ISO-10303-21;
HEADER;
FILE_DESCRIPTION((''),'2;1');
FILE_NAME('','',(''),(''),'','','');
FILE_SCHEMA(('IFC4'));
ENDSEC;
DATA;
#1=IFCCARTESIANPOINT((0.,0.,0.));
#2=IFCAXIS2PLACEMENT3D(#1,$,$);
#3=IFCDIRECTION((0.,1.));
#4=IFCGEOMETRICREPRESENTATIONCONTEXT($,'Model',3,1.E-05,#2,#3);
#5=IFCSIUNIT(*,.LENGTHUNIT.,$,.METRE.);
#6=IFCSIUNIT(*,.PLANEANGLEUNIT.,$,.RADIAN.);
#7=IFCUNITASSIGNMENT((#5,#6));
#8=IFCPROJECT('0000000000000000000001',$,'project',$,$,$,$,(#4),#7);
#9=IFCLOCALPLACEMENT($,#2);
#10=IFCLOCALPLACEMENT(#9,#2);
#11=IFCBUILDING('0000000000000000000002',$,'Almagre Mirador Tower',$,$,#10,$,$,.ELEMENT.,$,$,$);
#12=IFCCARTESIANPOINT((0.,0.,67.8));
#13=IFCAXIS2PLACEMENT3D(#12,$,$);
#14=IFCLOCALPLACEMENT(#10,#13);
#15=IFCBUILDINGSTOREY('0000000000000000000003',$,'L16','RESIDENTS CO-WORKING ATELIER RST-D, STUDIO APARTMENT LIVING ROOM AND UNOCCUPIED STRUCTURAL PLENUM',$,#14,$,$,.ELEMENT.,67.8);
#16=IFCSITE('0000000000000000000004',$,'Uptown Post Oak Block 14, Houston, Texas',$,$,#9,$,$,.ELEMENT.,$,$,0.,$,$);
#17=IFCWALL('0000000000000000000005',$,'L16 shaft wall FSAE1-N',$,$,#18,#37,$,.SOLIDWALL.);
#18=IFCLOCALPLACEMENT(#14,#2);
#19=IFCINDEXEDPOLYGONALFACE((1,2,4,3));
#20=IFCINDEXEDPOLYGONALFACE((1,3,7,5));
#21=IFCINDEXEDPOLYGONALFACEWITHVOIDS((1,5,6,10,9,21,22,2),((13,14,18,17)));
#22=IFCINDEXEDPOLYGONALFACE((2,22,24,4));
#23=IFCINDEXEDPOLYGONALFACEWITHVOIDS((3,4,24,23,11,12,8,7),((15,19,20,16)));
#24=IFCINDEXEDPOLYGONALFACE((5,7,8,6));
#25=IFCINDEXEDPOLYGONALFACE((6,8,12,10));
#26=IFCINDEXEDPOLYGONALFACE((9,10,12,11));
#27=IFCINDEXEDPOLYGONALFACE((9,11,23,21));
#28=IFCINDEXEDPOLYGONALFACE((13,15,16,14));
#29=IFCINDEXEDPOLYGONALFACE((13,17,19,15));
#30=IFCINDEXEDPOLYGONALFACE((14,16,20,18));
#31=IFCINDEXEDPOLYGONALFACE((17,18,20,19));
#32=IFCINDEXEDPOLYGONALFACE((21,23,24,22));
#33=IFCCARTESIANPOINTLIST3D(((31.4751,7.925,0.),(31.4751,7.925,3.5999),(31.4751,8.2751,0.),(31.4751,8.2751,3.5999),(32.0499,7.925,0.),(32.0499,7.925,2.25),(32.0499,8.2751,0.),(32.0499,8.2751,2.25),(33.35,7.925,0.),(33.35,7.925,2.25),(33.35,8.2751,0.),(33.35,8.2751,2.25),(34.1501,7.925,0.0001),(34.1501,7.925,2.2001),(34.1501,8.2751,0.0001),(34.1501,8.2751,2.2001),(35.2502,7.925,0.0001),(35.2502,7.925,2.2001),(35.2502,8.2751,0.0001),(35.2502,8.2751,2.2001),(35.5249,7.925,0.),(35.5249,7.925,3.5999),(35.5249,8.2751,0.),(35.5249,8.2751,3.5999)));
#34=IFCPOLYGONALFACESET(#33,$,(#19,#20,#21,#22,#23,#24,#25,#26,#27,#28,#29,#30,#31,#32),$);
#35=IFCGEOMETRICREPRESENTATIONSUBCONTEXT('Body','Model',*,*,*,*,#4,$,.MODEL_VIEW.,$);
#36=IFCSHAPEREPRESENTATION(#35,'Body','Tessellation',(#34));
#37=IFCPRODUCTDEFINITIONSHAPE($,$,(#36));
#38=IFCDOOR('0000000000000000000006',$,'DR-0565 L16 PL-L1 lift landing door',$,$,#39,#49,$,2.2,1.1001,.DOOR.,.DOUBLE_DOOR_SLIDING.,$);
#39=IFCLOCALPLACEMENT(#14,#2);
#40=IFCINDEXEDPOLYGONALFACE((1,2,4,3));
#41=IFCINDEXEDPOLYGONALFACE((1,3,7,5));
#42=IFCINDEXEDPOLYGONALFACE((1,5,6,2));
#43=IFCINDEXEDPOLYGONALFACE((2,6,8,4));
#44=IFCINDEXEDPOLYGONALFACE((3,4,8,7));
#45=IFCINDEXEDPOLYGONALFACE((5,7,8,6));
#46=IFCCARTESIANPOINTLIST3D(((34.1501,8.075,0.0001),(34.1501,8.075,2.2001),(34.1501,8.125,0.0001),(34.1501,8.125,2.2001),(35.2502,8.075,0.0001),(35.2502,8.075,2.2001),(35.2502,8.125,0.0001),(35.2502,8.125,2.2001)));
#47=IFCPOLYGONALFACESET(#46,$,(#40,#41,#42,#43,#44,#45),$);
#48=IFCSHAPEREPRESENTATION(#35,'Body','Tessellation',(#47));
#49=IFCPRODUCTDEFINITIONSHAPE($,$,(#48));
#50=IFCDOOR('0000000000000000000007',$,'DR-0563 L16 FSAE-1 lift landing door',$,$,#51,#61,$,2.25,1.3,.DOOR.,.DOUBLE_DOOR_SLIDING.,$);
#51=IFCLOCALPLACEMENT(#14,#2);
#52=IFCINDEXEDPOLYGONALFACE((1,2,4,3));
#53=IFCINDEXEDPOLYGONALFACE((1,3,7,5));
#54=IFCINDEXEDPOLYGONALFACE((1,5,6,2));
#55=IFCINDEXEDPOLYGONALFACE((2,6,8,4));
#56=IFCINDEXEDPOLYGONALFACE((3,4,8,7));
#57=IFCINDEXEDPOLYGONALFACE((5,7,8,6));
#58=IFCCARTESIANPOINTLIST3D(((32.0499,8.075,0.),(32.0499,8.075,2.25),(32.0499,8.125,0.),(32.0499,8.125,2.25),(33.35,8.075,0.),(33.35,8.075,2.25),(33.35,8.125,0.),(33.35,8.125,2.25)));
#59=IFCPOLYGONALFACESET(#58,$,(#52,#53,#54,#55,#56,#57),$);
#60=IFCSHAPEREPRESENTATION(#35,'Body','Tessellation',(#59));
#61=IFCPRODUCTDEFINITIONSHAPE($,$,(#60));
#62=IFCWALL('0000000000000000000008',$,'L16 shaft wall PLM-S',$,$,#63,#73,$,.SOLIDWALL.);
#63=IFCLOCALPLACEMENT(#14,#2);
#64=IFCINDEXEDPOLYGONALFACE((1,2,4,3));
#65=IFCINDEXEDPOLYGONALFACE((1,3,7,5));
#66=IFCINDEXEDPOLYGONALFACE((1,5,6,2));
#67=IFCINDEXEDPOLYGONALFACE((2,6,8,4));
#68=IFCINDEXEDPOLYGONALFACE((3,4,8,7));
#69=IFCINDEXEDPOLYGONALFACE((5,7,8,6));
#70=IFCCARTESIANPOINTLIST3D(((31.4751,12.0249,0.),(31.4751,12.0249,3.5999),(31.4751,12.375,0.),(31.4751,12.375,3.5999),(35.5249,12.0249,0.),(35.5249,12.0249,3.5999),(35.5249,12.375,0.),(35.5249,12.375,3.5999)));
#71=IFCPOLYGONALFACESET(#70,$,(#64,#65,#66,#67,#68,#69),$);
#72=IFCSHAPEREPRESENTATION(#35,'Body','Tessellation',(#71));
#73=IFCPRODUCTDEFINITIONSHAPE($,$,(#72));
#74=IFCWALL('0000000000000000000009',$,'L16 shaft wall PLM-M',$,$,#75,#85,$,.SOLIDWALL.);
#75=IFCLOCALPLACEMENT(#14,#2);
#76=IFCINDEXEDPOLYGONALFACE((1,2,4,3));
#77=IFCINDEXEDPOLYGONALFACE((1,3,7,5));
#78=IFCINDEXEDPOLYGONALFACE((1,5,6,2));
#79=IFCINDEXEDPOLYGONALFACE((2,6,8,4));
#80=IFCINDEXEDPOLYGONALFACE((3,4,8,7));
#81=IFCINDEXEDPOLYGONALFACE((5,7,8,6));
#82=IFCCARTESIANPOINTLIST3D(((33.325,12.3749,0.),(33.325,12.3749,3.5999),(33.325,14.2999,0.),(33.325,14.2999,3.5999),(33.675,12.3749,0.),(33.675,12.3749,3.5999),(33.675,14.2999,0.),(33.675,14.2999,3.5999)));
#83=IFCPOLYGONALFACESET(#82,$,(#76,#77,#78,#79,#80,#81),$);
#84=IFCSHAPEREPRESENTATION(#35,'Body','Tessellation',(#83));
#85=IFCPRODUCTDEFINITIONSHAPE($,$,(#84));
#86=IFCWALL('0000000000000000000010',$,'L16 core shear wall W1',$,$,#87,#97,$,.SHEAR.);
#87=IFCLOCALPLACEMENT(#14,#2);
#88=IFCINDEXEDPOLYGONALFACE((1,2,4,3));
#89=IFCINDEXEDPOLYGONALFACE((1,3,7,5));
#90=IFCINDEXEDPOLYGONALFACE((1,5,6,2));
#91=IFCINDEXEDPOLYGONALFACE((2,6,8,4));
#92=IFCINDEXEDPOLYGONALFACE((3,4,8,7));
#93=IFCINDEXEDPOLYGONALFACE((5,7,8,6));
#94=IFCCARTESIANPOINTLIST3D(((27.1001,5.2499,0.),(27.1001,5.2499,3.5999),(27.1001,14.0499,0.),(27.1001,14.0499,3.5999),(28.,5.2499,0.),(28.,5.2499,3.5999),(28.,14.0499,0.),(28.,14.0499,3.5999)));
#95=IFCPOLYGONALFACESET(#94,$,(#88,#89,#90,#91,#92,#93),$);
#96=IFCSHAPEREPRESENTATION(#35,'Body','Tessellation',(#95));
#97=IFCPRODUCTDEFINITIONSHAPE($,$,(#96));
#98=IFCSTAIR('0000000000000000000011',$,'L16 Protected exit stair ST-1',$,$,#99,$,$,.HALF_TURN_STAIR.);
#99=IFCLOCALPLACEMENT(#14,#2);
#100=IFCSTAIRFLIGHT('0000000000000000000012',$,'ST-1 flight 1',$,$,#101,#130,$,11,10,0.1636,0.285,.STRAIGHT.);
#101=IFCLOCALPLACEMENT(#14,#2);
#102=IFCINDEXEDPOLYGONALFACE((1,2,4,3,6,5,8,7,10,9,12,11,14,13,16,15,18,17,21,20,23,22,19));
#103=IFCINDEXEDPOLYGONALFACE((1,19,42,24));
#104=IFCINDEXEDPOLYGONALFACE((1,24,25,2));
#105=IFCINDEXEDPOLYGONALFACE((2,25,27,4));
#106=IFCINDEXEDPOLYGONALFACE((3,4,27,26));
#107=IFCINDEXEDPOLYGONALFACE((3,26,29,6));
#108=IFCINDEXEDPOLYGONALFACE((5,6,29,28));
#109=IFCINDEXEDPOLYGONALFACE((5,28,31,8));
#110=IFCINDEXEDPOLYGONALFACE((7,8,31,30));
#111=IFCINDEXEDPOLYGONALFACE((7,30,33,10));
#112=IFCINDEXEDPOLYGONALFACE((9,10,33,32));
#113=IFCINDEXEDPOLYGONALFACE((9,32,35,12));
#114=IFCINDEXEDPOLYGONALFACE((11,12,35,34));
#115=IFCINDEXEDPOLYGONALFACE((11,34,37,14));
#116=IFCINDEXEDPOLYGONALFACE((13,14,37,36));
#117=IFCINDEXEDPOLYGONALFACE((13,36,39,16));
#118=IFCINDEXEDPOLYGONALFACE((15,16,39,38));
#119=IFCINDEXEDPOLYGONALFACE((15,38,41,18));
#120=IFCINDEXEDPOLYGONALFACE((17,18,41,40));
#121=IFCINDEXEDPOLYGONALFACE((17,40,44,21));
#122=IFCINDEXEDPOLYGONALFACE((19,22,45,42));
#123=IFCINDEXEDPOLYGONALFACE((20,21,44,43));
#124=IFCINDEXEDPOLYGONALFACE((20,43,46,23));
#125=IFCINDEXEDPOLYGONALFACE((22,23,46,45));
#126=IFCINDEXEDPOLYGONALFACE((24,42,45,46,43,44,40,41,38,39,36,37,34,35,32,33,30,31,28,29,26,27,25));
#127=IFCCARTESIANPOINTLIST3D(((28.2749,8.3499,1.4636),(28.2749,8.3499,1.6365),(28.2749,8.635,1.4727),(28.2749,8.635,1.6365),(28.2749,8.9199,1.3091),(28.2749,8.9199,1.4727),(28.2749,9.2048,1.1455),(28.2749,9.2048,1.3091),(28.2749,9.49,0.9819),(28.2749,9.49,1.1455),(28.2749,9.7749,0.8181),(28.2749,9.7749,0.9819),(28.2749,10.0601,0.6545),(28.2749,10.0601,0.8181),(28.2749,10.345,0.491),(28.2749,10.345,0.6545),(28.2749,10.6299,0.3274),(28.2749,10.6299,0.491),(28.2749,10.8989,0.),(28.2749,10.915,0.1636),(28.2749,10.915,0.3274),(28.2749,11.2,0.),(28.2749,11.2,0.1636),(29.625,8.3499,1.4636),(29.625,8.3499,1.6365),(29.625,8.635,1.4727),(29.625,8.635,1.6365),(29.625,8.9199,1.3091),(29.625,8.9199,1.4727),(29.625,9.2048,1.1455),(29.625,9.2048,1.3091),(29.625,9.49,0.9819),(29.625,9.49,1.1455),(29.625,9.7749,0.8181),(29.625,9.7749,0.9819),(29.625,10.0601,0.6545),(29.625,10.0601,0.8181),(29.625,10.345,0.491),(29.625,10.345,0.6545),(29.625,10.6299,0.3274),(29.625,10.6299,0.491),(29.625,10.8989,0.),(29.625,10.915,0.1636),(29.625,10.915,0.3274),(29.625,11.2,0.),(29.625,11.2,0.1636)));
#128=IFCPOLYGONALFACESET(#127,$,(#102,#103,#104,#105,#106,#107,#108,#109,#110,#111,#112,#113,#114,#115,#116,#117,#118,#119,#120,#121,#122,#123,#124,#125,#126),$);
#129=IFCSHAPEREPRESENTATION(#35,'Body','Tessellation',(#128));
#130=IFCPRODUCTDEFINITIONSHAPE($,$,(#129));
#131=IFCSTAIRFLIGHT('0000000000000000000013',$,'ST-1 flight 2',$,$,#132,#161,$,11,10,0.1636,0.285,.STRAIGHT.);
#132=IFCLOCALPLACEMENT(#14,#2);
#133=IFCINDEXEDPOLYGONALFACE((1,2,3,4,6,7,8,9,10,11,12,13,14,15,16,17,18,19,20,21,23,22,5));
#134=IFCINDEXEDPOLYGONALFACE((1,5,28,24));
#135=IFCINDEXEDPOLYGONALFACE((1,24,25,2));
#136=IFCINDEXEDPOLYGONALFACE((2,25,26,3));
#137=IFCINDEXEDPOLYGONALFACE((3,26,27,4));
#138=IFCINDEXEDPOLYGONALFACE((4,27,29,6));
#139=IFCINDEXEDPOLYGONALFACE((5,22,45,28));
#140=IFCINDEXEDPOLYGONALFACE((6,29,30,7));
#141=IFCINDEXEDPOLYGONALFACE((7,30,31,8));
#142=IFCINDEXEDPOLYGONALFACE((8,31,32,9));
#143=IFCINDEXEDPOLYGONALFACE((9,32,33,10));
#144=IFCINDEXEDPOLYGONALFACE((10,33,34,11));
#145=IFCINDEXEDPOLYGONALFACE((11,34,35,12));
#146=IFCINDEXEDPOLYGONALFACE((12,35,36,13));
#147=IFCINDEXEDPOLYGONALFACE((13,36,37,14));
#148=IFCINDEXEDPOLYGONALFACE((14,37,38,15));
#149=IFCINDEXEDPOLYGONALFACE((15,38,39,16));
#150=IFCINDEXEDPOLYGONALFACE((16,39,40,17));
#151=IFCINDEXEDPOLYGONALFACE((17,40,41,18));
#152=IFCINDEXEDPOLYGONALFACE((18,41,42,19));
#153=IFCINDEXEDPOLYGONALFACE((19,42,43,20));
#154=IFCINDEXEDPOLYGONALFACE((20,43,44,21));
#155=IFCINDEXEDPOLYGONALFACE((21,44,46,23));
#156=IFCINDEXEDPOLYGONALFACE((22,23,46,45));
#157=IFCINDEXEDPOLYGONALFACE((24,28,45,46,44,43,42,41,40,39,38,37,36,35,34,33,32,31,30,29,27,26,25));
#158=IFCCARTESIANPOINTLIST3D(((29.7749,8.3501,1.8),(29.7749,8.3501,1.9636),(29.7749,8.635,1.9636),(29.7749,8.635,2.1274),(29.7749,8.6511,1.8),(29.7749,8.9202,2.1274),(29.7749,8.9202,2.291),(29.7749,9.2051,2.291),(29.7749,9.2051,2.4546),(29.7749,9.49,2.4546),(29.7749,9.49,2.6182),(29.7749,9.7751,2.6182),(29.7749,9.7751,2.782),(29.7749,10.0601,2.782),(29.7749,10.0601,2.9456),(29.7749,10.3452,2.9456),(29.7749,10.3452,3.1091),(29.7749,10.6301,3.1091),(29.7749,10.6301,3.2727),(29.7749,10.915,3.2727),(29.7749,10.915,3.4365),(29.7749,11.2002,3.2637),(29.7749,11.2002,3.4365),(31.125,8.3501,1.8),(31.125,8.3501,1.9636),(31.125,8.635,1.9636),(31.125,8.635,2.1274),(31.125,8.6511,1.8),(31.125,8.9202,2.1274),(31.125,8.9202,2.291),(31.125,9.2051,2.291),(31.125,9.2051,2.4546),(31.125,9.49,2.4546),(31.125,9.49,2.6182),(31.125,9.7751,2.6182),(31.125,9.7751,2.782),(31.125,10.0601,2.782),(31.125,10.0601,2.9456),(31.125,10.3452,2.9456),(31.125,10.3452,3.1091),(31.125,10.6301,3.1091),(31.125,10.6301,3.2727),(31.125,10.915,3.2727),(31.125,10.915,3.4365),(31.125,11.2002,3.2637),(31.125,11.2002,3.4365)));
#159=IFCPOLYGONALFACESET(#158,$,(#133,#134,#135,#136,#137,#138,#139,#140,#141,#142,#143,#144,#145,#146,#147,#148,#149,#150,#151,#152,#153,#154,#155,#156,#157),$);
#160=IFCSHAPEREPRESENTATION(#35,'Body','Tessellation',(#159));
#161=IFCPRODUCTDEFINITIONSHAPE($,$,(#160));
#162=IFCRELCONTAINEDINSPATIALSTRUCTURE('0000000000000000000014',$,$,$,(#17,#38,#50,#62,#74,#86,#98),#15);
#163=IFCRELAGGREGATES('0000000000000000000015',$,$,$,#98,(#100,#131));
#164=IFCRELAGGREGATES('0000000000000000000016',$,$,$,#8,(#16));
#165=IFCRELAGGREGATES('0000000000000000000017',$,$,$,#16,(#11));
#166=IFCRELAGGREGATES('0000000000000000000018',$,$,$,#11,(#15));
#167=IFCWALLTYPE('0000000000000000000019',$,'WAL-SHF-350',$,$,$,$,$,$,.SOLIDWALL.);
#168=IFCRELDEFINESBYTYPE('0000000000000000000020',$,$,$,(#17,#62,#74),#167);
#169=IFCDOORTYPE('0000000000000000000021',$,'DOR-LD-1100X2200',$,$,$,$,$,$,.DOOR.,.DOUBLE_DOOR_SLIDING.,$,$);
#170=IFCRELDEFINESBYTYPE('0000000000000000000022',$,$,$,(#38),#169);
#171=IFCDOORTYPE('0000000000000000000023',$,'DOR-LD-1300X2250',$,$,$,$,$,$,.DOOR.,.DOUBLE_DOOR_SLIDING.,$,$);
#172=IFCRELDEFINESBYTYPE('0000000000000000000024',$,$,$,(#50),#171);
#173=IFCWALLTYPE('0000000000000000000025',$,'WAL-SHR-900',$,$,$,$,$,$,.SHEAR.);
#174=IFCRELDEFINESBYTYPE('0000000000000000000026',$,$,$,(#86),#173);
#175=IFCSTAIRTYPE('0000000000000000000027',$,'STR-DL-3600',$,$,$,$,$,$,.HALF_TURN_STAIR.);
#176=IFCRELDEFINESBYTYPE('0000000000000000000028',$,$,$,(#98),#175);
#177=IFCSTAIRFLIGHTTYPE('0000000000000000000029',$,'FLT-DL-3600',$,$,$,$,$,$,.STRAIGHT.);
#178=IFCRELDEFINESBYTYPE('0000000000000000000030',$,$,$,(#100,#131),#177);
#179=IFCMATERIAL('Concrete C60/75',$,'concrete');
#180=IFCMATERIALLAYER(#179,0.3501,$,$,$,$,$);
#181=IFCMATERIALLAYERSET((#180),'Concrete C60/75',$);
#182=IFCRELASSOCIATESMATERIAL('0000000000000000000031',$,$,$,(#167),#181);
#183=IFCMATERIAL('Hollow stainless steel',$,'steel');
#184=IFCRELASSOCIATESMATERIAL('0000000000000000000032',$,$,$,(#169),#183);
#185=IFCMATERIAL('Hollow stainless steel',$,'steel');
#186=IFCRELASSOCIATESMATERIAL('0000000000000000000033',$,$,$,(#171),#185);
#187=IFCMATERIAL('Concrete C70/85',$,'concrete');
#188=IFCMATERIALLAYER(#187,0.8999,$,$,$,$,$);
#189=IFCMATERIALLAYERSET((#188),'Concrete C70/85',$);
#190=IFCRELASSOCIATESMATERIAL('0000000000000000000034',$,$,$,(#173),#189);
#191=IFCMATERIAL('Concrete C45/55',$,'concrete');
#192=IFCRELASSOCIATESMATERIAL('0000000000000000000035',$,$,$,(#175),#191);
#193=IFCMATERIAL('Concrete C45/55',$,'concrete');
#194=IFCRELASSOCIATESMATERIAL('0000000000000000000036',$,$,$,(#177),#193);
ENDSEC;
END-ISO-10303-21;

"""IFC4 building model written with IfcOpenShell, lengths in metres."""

from ifc_helpers import new_model, si_unit, direction, frame, frame_2d, origin, place, context, subcontext, project, spatial, polyline, rectangle, outline, extrude, material, layer, layer_set, type_object, element, fill, aggregate, save


model = new_model("IFC4")

# Units and contexts
model_context = context("Model", 3, precision=1e-05, world=origin(), true_north=direction((0.0, 1.0)))
body_context = subcontext(model_context, "Body", "Model", "MODEL_VIEW")
ifc_project = project(units=[si_unit("LENGTHUNIT", "METRE"), si_unit("PLANEANGLEUNIT", "RADIAN")], contexts=[model_context])

# Site, building, storey
site_placement = place(None, origin())
site = spatial("IfcSite", under=ifc_project, at=site_placement, Name="Uptown Post Oak Block 14, Houston, Texas", CompositionType="ELEMENT", RefElevation=0.0)
building_placement = place(site_placement, origin())
building = spatial("IfcBuilding", under=site, at=building_placement, Name="Almagre Mirador Tower", CompositionType="ELEMENT")
storey_placement = place(building_placement, frame((0.0, 0.0, 67.8)))
storey = spatial("IfcBuildingStorey", under=building, at=storey_placement, Name="L16", Description="RESIDENTS CO-WORKING ATELIER RST-D, STUDIO APARTMENT LIVING ROOM AND UNOCCUPIED STRUCTURAL PLENUM", CompositionType="ELEMENT", Elevation=67.8)

# Shared definitions
ifc_material_1 = material(Name="Concrete C60/75", Category="concrete")
ifc_layer_1 = layer(ifc_material_1, 0.3501)
ifc_layer_set_1 = layer_set([ifc_layer_1], Name="Concrete C60/75")
wall_type_1 = type_object("IfcWallType", Name="WAL-SHF-350", PredefinedType="SOLIDWALL", material=ifc_layer_set_1)

# Wall, openings, doors
wall_1_placement = place(storey_placement, frame((31.4751, 8.1001, 0.0), z_axis=(0.0, 0.0, 1.0), x_axis=(1.0, 0.0, 0.0)))
wall_1 = element("IfcWall", 1, at=wall_1_placement, inside=storey, type_object=wall_type_1, Name="L16 shaft wall FSAE1-N", PredefinedType="SOLIDWALL", context=body_context, shape_type="SweptSolid", body=[
    extrude(rectangle(XDim=4.0498, YDim=0.3501, at=frame_2d((2.0249, 0.0))), origin(), (0.0, 0.0, 1.0), 3.5999),
])
opening_1_placement = place(wall_1_placement, frame((0.575, 0.0, 0.0)))
opening_1 = element("IfcOpeningElement", 2, at=opening_1_placement, cuts=wall_1, PredefinedType="OPENING", context=body_context, shape_type="SweptSolid", body=[
    extrude(rectangle(XDim=1.3, YDim=2.25, at=frame_2d((0.6499, 1.125))), frame((0.0, 0.185, 0.0), z_axis=(0.0, -1.0, 0.0), x_axis=(1.0, 0.0, 0.0)), (0.0, 0.0, 1.0), 0.3701),
])
opening_2_placement = place(wall_1_placement, frame((2.675, 0.0, 0.0)))
opening_2 = element("IfcOpeningElement", 3, at=opening_2_placement, cuts=wall_1, PredefinedType="OPENING", context=body_context, shape_type="SweptSolid", body=[
    extrude(rectangle(XDim=1.1001, YDim=2.2, at=frame_2d((0.55, 1.1001))), frame((0.0, 0.185, 0.0), z_axis=(0.0, -1.0, 0.0), x_axis=(1.0, 0.0, 0.0)), (0.0, 0.0, 1.0), 0.3701),
])
ifc_material_2 = material(Name="Hollow stainless steel", Category="steel")
door_type_1 = type_object("IfcDoorType", Name="DOR-LD-1100X2200", OperationType="DOUBLE_DOOR_SLIDING", PredefinedType="DOOR", material=ifc_material_2)
door_1_placement = place(opening_2_placement, origin())
door_1 = element("IfcDoor", 4, at=door_1_placement, inside=storey, type_object=door_type_1, Name="DR-0565 L16 PL-L1 lift landing door", OperationType="DOUBLE_DOOR_SLIDING", OverallHeight=2.2, OverallWidth=1.1001, PredefinedType="DOOR", context=body_context, shape_type="SweptSolid", body=[
    extrude(rectangle(XDim=1.1001, YDim=2.2, at=frame_2d((0.55, 1.1001))), frame((0.0, 0.0249, 0.0), z_axis=(0.0, -1.0, 0.0), x_axis=(1.0, 0.0, 0.0)), (0.0, 0.0, 1.0), 0.05),
])
fill(opening_2, door_1)
ifc_material_3 = material(Name="Hollow stainless steel", Category="steel")
door_type_2 = type_object("IfcDoorType", Name="DOR-LD-1300X2250", OperationType="DOUBLE_DOOR_SLIDING", PredefinedType="DOOR", material=ifc_material_3)
door_2_placement = place(opening_1_placement, origin())
door_2 = element("IfcDoor", 5, at=door_2_placement, inside=storey, type_object=door_type_2, Name="DR-0563 L16 FSAE-1 lift landing door", OperationType="DOUBLE_DOOR_SLIDING", OverallHeight=2.25, OverallWidth=1.3, PredefinedType="DOOR", context=body_context, shape_type="SweptSolid", body=[
    extrude(rectangle(XDim=1.3, YDim=2.25, at=frame_2d((0.6499, 1.125))), frame((0.0, 0.0249, 0.0), z_axis=(0.0, -1.0, 0.0), x_axis=(1.0, 0.0, 0.0)), (0.0, 0.0, 1.0), 0.05),
])
fill(opening_1, door_2)

# Walls
wall_2_placement = place(storey_placement, frame((31.4751, 12.2, 0.0), z_axis=(0.0, 0.0, 1.0), x_axis=(1.0, 0.0, 0.0)))
element("IfcWall", 6, at=wall_2_placement, inside=storey, type_object=wall_type_1, Name="L16 shaft wall PLM-S", PredefinedType="SOLIDWALL", context=body_context, shape_type="SweptSolid", body=[
    extrude(rectangle(XDim=4.0498, YDim=0.3501, at=frame_2d((2.0249, 0.0))), origin(), (0.0, 0.0, 1.0), 3.5999),
])
wall_3_placement = place(storey_placement, frame((33.5, 12.375, 0.0), z_axis=(0.0, 0.0, 1.0), x_axis=(0.0, 1.0, 0.0)))
element("IfcWall", 7, at=wall_3_placement, inside=storey, type_object=wall_type_1, Name="L16 shaft wall PLM-M", PredefinedType="SOLIDWALL", context=body_context, shape_type="SweptSolid", body=[
    extrude(rectangle(XDim=1.925, YDim=0.3501, at=frame_2d((0.9624, 0.0))), origin(), (0.0, 0.0, 1.0), 3.5999),
])

# Shared definitions
ifc_material_4 = material(Name="Concrete C70/85", Category="concrete")
ifc_layer_2 = layer(ifc_material_4, 0.8999)
ifc_layer_set_2 = layer_set([ifc_layer_2], Name="Concrete C70/85")
wall_type_2 = type_object("IfcWallType", Name="WAL-SHR-900", PredefinedType="SHEAR", material=ifc_layer_set_2)

# Wall
wall_4_placement = place(storey_placement, frame((27.55, 5.25, 0.0), z_axis=(0.0, 0.0, 1.0), x_axis=(0.0, 1.0, 0.0)))
element("IfcWall", 8, at=wall_4_placement, inside=storey, type_object=wall_type_2, Name="L16 core shear wall W1", PredefinedType="SHEAR", context=body_context, shape_type="SweptSolid", body=[
    extrude(rectangle(XDim=8.8, YDim=0.8999, at=frame_2d((4.3999, 0.0))), origin(), (0.0, 0.0, 1.0), 3.5999),
])

# Stair, stair flights
ifc_material_5 = material(Name="Concrete C45/55", Category="concrete")
stair_type = type_object("IfcStairType", Name="STR-DL-3600", PredefinedType="HALF_TURN_STAIR", material=ifc_material_5)
stair_placement = place(storey_placement, origin())
stair = element("IfcStair", 9, at=stair_placement, inside=storey, type_object=stair_type, Name="L16 Protected exit stair ST-1", PredefinedType="HALF_TURN_STAIR")
ifc_material_6 = material(Name="Concrete C45/55", Category="concrete")
stair_flight_type = type_object("IfcStairFlightType", Name="FLT-DL-3600", PredefinedType="STRAIGHT", material=ifc_material_6)
stair_flight_1_placement = place(storey_placement, frame((28.95, 11.2, 0.0), z_axis=(0.0, 0.0, 1.0), x_axis=(0.0, -1.0, 0.0)))
stair_flight_1 = element("IfcStairFlight", 10, at=stair_flight_1_placement, type_object=stair_flight_type, Name="ST-1 flight 1", NumberOfRisers=11, NumberOfTreads=10, PredefinedType="STRAIGHT", RiserHeight=0.1636, TreadLength=0.285, context=body_context, shape_type="SweptSolid", body=[
    extrude(outline(polyline([(0.0, 0.0), (0.0, 0.1636), (0.2849, 0.1636), (0.2849, 0.3274), (0.5701, 0.3274), (0.5701, 0.491), (0.855, 0.491), (0.855, 0.6545), (1.1399, 0.6545), (1.1399, 0.8181), (1.425, 0.8181), (1.425, 0.9819), (1.71, 0.9819), (1.71, 1.1455), (1.9951, 1.1455), (1.9951, 1.3091), (2.28, 1.3091), (2.28, 1.4727), (2.5649, 1.4727), (2.5649, 1.6365), (2.8501, 1.6365), (2.8501, 1.8), (2.8501, 1.4636), (0.301, 0.0), (0.0, 0.0)])), frame((0.0, 0.675, 0.0), z_axis=(0.0, -1.0, 0.0), x_axis=(1.0, 0.0, 0.0)), (0.0, 0.0, 1.0), 1.3501),
])
stair_flight_2_placement = place(storey_placement, frame((30.45, 8.3501, 1.8), z_axis=(0.0, 0.0, 1.0), x_axis=(0.0, 1.0, 0.0)))
stair_flight_2 = element("IfcStairFlight", 11, at=stair_flight_2_placement, type_object=stair_flight_type, Name="ST-1 flight 2", NumberOfRisers=11, NumberOfTreads=10, PredefinedType="STRAIGHT", RiserHeight=0.1636, TreadLength=0.285, context=body_context, shape_type="SweptSolid", body=[
    extrude(outline(polyline([(0.0, 0.0), (0.0, 0.1636), (0.2849, 0.1636), (0.2849, 0.3274), (0.5701, 0.3274), (0.5701, 0.491), (0.855, 0.491), (0.855, 0.6545), (1.1399, 0.6545), (1.1399, 0.8181), (1.425, 0.8181), (1.425, 0.9819), (1.71, 0.9819), (1.71, 1.1455), (1.9951, 1.1455), (1.9951, 1.3091), (2.28, 1.3091), (2.28, 1.4727), (2.5649, 1.4727), (2.5649, 1.6365), (2.8501, 1.6365), (2.8501, 1.8), (2.8501, 1.4636), (0.301, 0.0), (0.0, 0.0)])), frame((0.0, 0.675, 0.0), z_axis=(0.0, -1.0, 0.0), x_axis=(1.0, 0.0, 0.0)), (0.0, 0.0, 1.0), 1.3501),
])
aggregate(stair, [stair_flight_1, stair_flight_2])

save(model, "model.ifc")
